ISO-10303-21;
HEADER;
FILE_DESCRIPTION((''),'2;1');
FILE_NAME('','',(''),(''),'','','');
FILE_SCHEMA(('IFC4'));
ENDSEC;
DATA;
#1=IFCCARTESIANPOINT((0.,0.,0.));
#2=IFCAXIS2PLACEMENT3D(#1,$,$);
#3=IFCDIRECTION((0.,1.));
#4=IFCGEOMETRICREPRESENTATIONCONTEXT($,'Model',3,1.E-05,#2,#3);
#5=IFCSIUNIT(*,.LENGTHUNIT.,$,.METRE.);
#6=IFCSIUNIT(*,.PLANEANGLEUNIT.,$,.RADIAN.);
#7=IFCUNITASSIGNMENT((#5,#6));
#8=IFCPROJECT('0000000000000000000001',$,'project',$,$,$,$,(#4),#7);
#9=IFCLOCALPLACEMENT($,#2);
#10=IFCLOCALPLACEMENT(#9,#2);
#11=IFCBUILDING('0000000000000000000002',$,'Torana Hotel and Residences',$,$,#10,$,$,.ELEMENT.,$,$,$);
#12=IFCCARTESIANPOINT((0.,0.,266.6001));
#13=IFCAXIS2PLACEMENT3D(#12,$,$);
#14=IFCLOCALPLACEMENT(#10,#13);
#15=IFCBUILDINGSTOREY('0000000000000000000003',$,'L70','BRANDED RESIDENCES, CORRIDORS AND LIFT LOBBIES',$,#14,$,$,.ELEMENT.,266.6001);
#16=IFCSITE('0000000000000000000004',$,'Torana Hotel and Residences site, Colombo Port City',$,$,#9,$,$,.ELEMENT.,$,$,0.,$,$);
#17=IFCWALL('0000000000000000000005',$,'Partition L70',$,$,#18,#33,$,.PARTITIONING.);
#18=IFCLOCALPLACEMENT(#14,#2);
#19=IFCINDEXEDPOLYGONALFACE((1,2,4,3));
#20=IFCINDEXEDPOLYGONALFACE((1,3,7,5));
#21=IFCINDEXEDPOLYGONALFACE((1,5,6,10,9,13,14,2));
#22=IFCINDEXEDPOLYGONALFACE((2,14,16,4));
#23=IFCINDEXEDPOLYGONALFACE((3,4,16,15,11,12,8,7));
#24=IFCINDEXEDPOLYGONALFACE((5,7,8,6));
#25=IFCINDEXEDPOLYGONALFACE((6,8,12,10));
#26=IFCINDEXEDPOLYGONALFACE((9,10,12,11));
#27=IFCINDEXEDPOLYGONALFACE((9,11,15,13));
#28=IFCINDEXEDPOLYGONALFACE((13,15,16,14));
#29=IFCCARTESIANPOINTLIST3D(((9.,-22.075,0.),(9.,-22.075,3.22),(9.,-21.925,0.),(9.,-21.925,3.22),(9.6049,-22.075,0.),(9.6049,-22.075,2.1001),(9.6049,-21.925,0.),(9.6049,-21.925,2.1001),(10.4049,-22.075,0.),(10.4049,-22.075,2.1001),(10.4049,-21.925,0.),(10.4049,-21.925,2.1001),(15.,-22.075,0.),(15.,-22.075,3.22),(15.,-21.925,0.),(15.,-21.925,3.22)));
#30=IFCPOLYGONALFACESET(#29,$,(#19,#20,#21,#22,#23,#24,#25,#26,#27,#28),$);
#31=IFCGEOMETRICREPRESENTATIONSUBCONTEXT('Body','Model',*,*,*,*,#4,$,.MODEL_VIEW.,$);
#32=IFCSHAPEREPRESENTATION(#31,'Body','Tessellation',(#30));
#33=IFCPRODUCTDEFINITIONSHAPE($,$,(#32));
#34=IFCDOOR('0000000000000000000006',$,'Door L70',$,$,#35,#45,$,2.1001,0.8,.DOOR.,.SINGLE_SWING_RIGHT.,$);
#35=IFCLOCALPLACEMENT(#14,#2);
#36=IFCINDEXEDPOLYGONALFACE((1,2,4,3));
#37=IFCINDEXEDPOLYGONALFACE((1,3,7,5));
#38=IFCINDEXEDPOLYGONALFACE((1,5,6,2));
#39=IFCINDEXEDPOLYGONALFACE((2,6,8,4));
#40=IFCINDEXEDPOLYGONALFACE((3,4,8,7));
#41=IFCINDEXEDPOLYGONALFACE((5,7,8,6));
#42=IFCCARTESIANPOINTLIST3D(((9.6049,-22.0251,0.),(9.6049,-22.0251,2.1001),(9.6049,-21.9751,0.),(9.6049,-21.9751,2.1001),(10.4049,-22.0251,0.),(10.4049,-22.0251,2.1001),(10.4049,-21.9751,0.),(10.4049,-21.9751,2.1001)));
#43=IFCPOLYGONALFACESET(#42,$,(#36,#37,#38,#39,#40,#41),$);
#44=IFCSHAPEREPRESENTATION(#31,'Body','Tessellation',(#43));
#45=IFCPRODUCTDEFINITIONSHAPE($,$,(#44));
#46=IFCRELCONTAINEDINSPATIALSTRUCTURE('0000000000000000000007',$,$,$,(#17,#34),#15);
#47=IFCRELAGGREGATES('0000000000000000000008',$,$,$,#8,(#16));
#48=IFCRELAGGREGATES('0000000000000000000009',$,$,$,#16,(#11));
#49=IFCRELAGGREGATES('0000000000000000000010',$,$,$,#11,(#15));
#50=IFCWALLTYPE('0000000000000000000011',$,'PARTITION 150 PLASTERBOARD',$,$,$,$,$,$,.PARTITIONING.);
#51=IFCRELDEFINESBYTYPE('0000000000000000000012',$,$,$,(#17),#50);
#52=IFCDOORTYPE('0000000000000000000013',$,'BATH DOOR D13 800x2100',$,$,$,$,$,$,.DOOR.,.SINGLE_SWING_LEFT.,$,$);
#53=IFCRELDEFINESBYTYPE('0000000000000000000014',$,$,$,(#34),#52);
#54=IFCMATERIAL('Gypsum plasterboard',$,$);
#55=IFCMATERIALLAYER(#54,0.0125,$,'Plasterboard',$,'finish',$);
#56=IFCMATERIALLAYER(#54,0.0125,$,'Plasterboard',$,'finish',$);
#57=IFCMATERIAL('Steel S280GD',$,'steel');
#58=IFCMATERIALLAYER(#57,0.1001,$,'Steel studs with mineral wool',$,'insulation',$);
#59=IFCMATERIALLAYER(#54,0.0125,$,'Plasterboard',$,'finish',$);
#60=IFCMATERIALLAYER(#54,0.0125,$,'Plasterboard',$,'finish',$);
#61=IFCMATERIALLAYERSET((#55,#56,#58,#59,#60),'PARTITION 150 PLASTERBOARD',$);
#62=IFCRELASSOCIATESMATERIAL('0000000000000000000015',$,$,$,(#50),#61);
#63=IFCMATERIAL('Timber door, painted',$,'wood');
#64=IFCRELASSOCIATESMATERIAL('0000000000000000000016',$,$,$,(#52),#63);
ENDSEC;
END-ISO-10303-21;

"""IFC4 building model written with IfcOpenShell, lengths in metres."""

from ifc_helpers import new_model, si_unit, direction, frame, frame_2d, origin, place, context, subcontext, project, spatial, rectangle, extrude, material, layer, layer_set, type_object, element, fill, save


model = new_model("IFC4")

# Units and contexts
model_context = context("Model", 3, precision=1e-05, world=origin(), true_north=direction((0.0, 1.0)))
body_context = subcontext(model_context, "Body", "Model", "MODEL_VIEW")
ifc_project = project(units=[si_unit("LENGTHUNIT", "METRE"), si_unit("PLANEANGLEUNIT", "RADIAN")], contexts=[model_context])

# Site, building, storey
site_placement = place(None, origin())
site = spatial("IfcSite", under=ifc_project, at=site_placement, Name="Torana Hotel and Residences site, Colombo Port City", CompositionType="ELEMENT", RefElevation=0.0)
building_placement = place(site_placement, origin())
building = spatial("IfcBuilding", under=site, at=building_placement, Name="Torana Hotel and Residences", CompositionType="ELEMENT")
storey_placement = place(building_placement, frame((0.0, 0.0, 266.6001)))
storey = spatial("IfcBuildingStorey", under=building, at=storey_placement, Name="L70", Description="BRANDED RESIDENCES, CORRIDORS AND LIFT LOBBIES", CompositionType="ELEMENT", Elevation=266.6001)

# Shared definitions
ifc_material_1 = material(Name="Gypsum plasterboard")
ifc_layer_1 = layer(ifc_material_1, 0.0125, Name="Plasterboard", Category="finish")
ifc_layer_2 = layer(ifc_material_1, 0.0125, Name="Plasterboard", Category="finish")
ifc_material_2 = material(Name="Steel S280GD", Category="steel")
ifc_layer_3 = layer(ifc_material_2, 0.1001, Name="Steel studs with mineral wool", Category="insulation")
ifc_layer_4 = layer(ifc_material_1, 0.0125, Name="Plasterboard", Category="finish")
ifc_layer_5 = layer(ifc_material_1, 0.0125, Name="Plasterboard", Category="finish")
ifc_layer_set_1 = layer_set([ifc_layer_1, ifc_layer_2, ifc_layer_3, ifc_layer_4, ifc_layer_5], Name="PARTITION 150 PLASTERBOARD")
wall_type_1 = type_object("IfcWallType", Name="PARTITION 150 PLASTERBOARD", PredefinedType="PARTITIONING", material=ifc_layer_set_1)

# Shared definitions
ifc_material_3 = material(Name="Timber door, painted", Category="wood")
door_type_1 = type_object("IfcDoorType", Name="BATH DOOR D13 800x2100", OperationType="SINGLE_SWING_LEFT", PredefinedType="DOOR", material=ifc_material_3)

# Wall, opening, door
wall_1_placement = place(storey_placement, frame((9.0, -22.0, 0.0), z_axis=(0.0, 0.0, 1.0), x_axis=(1.0, 0.0, 0.0)))
wall_1 = element("IfcWall", 1, at=wall_1_placement, inside=storey, type_object=wall_type_1, Name="Partition L70", PredefinedType="PARTITIONING", context=body_context, shape_type="SweptSolid", body=[
    extrude(rectangle(XDim=6.0, YDim=0.1499, at=frame_2d((3.0, 0.0))), origin(), (0.0, 0.0, 1.0), 3.22),
])
opening_1_placement = place(wall_1_placement, frame((0.605, 0.0, 0.0)))
opening_1 = element("IfcOpeningElement", 2, at=opening_1_placement, cuts=wall_1, PredefinedType="OPENING", context=body_context, shape_type="SweptSolid", body=[
    extrude(rectangle(XDim=0.8, YDim=2.1001, at=frame_2d((0.3999, 1.05))), frame((0.0, 0.085, 0.0), z_axis=(0.0, -1.0, 0.0), x_axis=(1.0, 0.0, 0.0)), (0.0, 0.0, 1.0), 0.1699),
])
door_1_placement = place(opening_1_placement, origin())
door_1 = element("IfcDoor", 3, at=door_1_placement, inside=storey, type_object=door_type_1, Name="Door L70", OperationType="SINGLE_SWING_RIGHT", OverallHeight=2.1001, OverallWidth=0.8, PredefinedType="DOOR", context=body_context, shape_type="SweptSolid", body=[
    extrude(rectangle(XDim=0.8, YDim=2.1001, at=frame_2d((0.3999, 1.05))), frame((0.0, 0.0249, 0.0), z_axis=(0.0, -1.0, 0.0), x_axis=(1.0, 0.0, 0.0)), (0.0, 0.0, 1.0), 0.05),
])
fill(opening_1, door_1)

save(model, "model.ifc")
